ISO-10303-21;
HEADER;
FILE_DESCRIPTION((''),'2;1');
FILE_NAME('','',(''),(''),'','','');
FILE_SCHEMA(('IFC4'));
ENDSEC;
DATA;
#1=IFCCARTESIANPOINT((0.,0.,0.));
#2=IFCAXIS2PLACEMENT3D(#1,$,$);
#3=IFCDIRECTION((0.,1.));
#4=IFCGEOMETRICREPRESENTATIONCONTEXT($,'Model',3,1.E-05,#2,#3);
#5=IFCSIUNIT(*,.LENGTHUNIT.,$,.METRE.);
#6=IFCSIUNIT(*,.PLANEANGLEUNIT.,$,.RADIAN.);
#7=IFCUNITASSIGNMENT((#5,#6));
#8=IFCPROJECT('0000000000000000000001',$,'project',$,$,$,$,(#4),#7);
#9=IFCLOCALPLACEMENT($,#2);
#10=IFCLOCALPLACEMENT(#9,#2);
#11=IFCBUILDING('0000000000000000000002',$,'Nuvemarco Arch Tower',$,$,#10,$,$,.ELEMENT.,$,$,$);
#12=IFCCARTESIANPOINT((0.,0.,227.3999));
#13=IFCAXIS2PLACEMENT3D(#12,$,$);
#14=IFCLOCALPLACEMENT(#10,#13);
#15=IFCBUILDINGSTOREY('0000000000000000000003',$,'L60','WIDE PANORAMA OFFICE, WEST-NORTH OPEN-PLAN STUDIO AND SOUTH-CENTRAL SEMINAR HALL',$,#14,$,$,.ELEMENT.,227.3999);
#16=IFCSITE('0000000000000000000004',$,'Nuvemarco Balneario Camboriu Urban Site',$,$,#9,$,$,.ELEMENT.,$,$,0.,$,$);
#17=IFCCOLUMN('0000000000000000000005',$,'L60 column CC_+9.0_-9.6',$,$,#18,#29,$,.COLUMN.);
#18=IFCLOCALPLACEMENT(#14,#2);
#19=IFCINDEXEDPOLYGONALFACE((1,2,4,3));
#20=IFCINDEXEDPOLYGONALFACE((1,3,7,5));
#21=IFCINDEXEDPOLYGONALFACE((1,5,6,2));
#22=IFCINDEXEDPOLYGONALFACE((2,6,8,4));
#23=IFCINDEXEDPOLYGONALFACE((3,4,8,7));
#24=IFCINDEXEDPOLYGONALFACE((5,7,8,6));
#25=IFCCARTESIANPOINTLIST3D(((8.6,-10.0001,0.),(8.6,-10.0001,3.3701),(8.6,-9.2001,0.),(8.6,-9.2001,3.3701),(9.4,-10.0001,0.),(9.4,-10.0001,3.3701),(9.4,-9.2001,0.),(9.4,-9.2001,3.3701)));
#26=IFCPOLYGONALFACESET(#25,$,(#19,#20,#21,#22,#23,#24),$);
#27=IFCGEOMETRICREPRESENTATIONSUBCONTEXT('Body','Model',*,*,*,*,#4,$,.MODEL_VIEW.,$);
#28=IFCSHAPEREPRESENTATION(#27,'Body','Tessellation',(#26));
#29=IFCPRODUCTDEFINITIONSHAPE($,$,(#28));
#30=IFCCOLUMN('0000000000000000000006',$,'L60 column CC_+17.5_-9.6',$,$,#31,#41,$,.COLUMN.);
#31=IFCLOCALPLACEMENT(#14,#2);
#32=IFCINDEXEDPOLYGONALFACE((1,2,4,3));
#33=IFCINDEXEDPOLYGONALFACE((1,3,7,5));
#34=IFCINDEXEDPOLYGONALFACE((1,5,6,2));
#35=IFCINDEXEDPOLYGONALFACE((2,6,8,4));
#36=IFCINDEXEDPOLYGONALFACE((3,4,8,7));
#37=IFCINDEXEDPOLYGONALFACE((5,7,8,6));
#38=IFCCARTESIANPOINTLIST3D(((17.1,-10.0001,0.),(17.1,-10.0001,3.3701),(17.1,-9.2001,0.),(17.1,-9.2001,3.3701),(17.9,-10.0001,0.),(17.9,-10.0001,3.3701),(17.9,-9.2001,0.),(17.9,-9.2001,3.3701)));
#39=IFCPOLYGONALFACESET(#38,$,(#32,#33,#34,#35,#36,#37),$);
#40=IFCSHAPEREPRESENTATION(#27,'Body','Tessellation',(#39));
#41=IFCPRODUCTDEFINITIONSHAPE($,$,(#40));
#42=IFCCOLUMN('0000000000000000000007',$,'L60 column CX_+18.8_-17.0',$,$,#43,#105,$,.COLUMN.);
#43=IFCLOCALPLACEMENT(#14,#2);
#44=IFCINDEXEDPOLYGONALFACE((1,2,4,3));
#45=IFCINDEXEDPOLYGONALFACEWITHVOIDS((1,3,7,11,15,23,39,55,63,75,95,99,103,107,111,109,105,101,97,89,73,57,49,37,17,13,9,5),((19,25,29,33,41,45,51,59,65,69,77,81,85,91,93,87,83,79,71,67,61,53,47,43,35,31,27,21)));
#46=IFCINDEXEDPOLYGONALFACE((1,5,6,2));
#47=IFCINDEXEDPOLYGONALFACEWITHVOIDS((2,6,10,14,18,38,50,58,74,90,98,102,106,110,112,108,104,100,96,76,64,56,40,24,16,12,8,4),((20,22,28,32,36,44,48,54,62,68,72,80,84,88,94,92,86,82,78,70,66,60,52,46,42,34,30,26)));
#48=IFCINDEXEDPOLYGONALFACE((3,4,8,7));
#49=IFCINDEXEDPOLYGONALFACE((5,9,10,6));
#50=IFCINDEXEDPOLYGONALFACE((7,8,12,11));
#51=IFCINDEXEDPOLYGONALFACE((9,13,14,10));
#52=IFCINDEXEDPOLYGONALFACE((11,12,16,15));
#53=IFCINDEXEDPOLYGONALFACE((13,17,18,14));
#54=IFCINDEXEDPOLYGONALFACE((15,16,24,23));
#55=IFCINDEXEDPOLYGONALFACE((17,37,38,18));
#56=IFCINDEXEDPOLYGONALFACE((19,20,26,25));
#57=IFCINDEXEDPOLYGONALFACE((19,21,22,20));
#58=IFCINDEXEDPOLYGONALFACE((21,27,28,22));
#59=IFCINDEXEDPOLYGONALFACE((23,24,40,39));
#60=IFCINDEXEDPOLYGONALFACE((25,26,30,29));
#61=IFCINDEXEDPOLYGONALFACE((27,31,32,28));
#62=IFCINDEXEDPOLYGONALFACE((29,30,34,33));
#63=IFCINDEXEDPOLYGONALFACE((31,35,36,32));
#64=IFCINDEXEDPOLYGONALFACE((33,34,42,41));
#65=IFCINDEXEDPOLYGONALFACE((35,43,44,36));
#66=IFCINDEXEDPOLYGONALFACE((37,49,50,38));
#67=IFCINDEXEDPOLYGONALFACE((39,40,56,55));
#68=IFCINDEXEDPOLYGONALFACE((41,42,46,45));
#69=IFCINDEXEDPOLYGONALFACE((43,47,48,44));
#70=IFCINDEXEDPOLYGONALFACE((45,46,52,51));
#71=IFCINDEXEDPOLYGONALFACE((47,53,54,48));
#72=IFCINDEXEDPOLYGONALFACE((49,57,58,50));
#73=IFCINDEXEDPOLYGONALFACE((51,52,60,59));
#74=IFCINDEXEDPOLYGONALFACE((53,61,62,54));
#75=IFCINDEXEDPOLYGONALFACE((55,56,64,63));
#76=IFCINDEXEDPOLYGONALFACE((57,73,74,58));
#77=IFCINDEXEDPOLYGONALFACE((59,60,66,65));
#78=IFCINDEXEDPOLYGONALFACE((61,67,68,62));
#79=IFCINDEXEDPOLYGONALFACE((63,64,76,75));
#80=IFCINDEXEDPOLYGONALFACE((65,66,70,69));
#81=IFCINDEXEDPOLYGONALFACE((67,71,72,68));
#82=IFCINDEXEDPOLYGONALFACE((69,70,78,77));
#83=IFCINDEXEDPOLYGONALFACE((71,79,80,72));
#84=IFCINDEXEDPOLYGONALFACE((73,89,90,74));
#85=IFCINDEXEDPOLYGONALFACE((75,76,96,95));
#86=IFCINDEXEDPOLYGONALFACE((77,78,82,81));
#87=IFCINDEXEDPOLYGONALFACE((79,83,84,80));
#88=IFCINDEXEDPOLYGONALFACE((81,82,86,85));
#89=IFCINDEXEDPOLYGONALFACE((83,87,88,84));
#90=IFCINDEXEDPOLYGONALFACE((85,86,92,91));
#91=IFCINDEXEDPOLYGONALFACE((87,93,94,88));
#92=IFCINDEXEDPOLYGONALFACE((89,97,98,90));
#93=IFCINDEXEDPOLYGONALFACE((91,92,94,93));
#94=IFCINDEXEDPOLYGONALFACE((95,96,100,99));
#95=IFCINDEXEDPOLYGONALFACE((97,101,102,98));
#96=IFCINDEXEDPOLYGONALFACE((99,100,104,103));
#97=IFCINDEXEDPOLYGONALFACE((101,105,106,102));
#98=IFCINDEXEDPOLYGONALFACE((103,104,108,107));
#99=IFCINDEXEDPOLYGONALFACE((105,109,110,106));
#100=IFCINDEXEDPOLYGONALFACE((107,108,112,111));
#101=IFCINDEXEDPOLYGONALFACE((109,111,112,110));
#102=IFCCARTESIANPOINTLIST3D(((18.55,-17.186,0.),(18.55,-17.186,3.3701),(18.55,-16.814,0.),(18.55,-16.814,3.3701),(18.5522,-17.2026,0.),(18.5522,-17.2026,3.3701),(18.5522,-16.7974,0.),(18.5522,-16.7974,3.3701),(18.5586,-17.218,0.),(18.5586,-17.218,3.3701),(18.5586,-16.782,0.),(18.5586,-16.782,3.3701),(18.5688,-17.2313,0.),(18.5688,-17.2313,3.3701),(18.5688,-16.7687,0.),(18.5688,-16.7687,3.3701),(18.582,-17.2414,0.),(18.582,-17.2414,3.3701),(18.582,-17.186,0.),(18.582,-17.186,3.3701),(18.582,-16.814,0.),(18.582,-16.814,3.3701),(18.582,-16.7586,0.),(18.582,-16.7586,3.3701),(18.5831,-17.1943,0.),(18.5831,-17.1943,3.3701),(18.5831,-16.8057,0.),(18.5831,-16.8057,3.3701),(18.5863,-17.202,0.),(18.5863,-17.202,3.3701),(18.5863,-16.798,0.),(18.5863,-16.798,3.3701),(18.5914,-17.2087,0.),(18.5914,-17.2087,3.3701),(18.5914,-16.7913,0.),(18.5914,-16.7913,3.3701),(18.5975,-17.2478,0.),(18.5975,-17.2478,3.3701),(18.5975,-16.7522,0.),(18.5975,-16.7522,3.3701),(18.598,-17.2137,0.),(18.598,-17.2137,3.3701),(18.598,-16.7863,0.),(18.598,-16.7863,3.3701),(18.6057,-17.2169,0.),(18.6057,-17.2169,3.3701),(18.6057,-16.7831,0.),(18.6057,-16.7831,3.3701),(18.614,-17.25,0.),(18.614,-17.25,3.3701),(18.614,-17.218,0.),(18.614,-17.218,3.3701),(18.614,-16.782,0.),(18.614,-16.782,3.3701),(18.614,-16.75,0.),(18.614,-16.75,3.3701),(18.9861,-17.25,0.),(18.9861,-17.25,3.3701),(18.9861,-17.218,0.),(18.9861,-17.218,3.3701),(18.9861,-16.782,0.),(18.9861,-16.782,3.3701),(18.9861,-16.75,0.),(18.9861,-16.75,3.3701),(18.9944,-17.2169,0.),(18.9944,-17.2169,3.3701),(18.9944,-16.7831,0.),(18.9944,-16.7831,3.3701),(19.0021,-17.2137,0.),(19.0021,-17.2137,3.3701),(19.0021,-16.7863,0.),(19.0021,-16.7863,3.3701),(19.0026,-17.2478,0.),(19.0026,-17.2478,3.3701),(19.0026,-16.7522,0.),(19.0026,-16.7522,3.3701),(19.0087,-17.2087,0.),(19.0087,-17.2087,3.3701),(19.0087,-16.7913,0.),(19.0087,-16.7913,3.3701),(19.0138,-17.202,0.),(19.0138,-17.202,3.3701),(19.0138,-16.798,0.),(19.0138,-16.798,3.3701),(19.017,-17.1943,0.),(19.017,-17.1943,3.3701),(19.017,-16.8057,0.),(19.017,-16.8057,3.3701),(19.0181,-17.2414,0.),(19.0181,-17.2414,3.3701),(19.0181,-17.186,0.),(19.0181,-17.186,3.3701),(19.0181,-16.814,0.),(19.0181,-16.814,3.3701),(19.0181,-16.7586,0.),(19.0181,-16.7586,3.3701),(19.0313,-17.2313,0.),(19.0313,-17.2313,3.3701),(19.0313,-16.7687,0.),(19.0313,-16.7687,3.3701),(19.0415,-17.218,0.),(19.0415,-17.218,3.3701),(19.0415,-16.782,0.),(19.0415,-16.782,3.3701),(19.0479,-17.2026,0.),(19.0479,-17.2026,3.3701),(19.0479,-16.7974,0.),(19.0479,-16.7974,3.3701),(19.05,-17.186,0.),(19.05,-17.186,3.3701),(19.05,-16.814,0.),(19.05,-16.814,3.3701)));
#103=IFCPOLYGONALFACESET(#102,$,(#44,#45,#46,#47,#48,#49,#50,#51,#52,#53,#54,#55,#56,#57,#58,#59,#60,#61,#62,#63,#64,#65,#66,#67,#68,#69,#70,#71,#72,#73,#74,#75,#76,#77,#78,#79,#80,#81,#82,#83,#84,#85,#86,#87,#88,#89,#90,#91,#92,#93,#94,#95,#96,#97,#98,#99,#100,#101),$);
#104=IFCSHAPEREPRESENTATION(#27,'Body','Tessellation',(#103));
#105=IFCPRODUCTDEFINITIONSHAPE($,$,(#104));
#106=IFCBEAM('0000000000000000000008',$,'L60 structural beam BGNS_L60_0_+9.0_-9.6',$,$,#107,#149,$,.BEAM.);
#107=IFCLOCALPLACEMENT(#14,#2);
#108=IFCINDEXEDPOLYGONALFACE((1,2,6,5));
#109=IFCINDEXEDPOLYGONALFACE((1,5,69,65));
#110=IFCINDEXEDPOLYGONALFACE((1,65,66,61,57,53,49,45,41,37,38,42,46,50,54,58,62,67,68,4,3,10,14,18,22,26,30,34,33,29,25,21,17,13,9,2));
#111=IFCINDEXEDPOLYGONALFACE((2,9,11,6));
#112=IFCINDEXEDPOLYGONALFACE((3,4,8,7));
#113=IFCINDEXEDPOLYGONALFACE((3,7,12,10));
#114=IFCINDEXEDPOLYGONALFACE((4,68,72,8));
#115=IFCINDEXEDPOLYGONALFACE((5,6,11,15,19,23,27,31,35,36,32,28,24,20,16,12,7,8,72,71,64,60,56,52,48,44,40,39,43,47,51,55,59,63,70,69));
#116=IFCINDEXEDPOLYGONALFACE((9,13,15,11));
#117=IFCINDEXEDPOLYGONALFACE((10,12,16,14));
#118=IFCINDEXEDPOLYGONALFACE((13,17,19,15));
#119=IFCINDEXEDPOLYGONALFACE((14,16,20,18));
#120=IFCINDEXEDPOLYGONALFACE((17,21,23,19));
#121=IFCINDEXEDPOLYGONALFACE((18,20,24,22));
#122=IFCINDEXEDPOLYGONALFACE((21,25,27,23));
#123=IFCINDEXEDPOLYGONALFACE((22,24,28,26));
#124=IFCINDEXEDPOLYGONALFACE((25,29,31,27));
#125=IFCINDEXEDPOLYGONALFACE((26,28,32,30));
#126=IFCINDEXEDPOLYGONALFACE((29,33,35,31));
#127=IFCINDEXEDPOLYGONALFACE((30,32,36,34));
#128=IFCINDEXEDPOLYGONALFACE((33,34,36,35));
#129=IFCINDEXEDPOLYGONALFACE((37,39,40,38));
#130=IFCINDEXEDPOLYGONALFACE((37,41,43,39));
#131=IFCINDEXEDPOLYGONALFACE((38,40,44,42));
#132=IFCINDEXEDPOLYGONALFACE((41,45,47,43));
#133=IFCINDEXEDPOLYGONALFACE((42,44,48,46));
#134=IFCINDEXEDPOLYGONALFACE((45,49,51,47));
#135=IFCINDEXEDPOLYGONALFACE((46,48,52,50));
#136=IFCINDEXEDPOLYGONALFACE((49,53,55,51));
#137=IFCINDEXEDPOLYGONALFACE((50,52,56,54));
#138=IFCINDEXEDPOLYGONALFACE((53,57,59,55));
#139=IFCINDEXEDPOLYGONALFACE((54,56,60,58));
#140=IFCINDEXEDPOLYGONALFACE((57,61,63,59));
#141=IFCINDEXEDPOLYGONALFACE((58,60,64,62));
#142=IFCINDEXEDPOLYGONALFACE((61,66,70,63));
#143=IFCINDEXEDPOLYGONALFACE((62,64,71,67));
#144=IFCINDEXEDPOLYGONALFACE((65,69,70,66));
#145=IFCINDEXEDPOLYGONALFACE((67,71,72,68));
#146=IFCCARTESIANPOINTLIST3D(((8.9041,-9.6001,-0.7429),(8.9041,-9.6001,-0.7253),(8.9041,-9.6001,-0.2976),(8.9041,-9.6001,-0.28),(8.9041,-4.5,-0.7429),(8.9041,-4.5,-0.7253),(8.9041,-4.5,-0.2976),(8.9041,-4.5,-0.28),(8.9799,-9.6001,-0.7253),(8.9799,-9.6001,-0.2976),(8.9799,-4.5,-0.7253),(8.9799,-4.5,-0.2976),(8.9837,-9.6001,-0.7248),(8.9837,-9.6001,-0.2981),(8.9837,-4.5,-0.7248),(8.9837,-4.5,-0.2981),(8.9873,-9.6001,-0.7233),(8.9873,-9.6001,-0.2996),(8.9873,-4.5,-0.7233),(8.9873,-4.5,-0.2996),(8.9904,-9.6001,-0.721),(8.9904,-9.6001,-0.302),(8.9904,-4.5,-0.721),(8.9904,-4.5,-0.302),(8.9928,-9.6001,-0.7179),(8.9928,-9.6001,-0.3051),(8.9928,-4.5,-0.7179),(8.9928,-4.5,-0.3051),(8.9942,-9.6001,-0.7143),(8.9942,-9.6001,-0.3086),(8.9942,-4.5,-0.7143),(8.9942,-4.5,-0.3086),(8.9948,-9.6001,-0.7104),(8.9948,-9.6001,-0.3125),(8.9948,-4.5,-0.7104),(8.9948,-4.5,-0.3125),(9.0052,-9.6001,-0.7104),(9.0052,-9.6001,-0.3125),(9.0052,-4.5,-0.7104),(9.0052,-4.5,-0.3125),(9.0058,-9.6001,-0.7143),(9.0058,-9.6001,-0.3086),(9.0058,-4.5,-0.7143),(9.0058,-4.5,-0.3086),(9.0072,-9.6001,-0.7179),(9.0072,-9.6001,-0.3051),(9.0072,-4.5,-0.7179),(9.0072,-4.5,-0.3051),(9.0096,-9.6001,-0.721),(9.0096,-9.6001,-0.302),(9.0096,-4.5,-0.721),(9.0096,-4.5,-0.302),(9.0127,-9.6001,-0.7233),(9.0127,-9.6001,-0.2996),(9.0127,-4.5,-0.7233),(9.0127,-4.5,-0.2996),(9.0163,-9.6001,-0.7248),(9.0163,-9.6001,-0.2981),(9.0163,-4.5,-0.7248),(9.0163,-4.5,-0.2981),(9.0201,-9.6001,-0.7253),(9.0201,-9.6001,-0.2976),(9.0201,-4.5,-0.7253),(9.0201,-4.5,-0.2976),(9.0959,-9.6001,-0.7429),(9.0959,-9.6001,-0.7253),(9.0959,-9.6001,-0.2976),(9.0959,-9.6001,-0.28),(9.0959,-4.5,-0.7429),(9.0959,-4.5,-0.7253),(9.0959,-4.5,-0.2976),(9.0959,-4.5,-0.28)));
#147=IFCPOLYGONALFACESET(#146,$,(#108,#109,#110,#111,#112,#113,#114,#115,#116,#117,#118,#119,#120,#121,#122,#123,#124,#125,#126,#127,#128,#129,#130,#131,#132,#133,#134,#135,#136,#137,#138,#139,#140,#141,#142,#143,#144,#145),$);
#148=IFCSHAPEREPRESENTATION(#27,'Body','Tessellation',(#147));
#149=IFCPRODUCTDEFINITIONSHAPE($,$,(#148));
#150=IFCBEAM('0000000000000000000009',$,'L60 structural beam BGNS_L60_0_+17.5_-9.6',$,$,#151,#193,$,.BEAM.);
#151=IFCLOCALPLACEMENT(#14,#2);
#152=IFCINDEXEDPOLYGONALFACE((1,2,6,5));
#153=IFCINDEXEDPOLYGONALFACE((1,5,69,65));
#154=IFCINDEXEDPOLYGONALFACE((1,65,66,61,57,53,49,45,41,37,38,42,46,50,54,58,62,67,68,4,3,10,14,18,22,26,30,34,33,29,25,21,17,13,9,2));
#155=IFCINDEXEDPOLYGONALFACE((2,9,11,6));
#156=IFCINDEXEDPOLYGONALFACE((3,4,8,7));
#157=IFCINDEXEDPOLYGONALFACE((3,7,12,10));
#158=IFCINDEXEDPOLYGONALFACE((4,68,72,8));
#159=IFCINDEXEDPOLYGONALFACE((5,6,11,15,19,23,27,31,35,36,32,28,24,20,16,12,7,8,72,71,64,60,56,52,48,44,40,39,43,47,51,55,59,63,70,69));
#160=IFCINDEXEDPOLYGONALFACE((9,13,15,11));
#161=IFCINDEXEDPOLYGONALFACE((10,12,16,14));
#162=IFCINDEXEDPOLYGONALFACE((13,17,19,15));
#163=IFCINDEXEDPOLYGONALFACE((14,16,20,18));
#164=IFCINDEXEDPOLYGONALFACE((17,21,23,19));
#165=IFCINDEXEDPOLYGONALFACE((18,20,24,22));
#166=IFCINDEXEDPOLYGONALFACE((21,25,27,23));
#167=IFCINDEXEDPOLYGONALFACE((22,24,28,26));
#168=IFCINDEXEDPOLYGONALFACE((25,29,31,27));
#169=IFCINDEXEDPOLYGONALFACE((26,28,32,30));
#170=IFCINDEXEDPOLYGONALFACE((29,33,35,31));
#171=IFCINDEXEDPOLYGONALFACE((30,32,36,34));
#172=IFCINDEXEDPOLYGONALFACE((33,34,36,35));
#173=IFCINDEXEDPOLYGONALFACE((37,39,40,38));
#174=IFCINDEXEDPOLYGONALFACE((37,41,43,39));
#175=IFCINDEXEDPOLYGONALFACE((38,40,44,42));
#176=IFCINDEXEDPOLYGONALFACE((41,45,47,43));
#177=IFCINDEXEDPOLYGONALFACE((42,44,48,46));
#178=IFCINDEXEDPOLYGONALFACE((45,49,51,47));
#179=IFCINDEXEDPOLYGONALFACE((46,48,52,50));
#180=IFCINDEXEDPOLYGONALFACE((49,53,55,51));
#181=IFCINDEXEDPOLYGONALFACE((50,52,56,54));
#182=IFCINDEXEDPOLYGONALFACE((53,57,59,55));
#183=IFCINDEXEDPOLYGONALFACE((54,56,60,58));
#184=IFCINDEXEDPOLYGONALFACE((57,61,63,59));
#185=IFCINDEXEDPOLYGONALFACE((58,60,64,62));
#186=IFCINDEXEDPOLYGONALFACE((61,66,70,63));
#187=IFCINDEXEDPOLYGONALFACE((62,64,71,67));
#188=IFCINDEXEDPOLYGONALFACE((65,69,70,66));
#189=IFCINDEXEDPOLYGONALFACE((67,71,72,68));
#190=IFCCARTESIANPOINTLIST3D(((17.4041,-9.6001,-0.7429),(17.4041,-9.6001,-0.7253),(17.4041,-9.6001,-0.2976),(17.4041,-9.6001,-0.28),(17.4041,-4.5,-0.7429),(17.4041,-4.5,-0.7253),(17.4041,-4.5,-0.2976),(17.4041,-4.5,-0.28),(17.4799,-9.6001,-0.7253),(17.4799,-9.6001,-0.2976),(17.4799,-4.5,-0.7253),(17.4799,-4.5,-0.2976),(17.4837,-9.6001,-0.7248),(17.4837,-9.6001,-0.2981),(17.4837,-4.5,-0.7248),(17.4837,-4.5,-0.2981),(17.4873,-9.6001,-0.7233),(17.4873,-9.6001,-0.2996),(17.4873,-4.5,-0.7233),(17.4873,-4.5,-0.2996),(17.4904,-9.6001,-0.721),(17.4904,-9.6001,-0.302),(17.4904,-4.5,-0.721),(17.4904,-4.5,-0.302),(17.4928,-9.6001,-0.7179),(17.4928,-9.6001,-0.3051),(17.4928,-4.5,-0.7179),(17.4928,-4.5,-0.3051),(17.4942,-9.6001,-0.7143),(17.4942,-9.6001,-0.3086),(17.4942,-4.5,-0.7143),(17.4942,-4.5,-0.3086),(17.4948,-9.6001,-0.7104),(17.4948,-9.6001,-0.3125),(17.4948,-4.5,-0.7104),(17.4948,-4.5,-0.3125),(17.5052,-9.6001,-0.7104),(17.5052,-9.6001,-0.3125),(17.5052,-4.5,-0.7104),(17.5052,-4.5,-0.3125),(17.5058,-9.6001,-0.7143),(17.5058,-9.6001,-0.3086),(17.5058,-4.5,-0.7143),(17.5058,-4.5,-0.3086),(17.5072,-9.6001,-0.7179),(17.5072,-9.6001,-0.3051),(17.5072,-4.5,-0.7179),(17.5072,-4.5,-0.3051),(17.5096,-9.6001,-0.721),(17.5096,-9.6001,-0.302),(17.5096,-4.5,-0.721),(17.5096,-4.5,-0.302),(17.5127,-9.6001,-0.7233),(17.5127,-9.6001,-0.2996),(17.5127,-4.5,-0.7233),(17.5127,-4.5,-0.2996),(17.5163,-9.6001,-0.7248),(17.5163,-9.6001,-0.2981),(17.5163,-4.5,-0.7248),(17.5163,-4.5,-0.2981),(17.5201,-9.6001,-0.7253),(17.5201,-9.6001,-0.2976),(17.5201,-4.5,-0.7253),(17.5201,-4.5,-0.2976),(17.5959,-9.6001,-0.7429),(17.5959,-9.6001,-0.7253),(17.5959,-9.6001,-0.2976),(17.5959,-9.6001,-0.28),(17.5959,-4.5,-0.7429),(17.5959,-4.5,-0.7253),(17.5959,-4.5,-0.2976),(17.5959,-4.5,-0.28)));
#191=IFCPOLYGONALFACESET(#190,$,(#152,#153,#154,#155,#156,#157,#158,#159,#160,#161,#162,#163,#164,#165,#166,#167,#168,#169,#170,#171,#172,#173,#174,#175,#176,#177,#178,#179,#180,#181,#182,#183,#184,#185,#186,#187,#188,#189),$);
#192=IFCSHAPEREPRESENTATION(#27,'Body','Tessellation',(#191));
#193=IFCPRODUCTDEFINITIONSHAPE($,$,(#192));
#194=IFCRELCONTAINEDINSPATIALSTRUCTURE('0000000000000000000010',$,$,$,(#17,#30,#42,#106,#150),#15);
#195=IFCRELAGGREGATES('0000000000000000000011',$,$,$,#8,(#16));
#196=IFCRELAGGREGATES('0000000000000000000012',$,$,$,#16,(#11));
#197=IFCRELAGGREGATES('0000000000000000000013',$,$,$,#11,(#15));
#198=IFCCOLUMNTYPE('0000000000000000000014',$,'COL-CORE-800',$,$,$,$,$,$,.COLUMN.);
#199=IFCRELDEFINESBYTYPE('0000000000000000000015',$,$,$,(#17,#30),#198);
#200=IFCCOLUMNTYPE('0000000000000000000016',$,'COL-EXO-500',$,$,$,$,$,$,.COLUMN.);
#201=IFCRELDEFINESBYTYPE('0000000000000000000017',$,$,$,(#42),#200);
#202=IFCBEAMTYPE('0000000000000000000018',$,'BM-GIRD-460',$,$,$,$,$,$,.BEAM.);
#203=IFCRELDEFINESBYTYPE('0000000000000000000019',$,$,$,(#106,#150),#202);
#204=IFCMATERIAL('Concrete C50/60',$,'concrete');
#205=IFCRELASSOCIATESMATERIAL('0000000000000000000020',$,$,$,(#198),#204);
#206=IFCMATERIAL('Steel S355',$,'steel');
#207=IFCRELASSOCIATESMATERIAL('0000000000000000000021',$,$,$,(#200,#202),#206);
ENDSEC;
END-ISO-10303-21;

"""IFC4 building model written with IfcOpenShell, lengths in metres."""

from ifc_helpers import new_model, si_unit, direction, frame, origin, origin_2d, place, context, subcontext, project, spatial, rectangle, hollow_rectangle, i_section, extrude, material, material_profile, profile_set, type_object, element, save


model = new_model("IFC4")

# Units and contexts
model_context = context("Model", 3, precision=1e-05, world=origin(), true_north=direction((0.0, 1.0)))
body_context = subcontext(model_context, "Body", "Model", "MODEL_VIEW")
ifc_project = project(units=[si_unit("LENGTHUNIT", "METRE"), si_unit("PLANEANGLEUNIT", "RADIAN")], contexts=[model_context])

# Site, building, storey
site_placement = place(None, origin())
site = spatial("IfcSite", under=ifc_project, at=site_placement, Name="Nuvemarco Balneario Camboriu Urban Site", CompositionType="ELEMENT", RefElevation=0.0)
building_placement = place(site_placement, origin())
building = spatial("IfcBuilding", under=site, at=building_placement, Name="Nuvemarco Arch Tower", CompositionType="ELEMENT")
storey_placement = place(building_placement, frame((0.0, 0.0, 227.3999)))
storey = spatial("IfcBuildingStorey", under=building, at=storey_placement, Name="L60", Description="WIDE PANORAMA OFFICE, WEST-NORTH OPEN-PLAN STUDIO AND SOUTH-CENTRAL SEMINAR HALL", CompositionType="ELEMENT", Elevation=227.3999)

# Columns
ifc_material_1 = material(Name="Concrete C50/60", Category="concrete")
ifc_material_profile_1 = material_profile(ifc_material_1, rectangle(XDim=0.8, YDim=0.8, at=origin_2d()), Name="RC-COL-800x800")
ifc_profile_set_1 = profile_set([ifc_material_profile_1], Name="Concrete C50/60")
column_type_1 = type_object("IfcColumnType", Name="COL-CORE-800", PredefinedType="COLUMN", material=ifc_profile_set_1)
for number, where, z_axis, x_axis, name in (
    (1, (9.0, -9.6001, 0.0), (0.0, 0.0, 1.0), (1.0, 0.0, 0.0), "L60 column CC_+9.0_-9.6"),
    (2, (17.5, -9.6001, 0.0), (0.0, 0.0, 1.0), (1.0, 0.0, 0.0), "L60 column CC_+17.5_-9.6"),
):
    element("IfcColumn", number, at=place(storey_placement, frame(where, z_axis=z_axis, x_axis=x_axis)), inside=storey, type_object=column_type_1, Name=name, PredefinedType="COLUMN", context=body_context, shape_type="SweptSolid", body=[
        extrude(rectangle(XDim=0.8, YDim=0.8, at=origin_2d()), origin(), (0.0, 0.0, 1.0), 3.3701),
    ])
ifc_material_2 = material(Name="Steel S355", Category="steel")
ifc_material_profile_2 = material_profile(ifc_material_2, hollow_rectangle(XDim=0.5, YDim=0.5, WallThickness=0.032, InnerFilletRadius=0.032, OuterFilletRadius=0.064, at=origin_2d()), Name="SHS500x500x32")
ifc_profile_set_2 = profile_set([ifc_material_profile_2], Name="Steel S355")
column_type_2 = type_object("IfcColumnType", Name="COL-EXO-500", PredefinedType="COLUMN", material=ifc_profile_set_2)
column_placement = place(storey_placement, frame((18.8, -17.0, 0.0), z_axis=(0.0, 0.0, 1.0), x_axis=(1.0, 0.0, 0.0)))
element("IfcColumn", 3, at=column_placement, inside=storey, type_object=column_type_2, Name="L60 column CX_+18.8_-17.0", PredefinedType="COLUMN", context=body_context, shape_type="SweptSolid", body=[
    extrude(hollow_rectangle(XDim=0.5, YDim=0.5, WallThickness=0.032, InnerFilletRadius=0.032, OuterFilletRadius=0.064, at=origin_2d()), origin(), (0.0, 0.0, 1.0), 3.3701),
])

# Beams
ifc_material_profile_3 = material_profile(ifc_material_2, i_section(OverallWidth=0.1919, OverallDepth=0.4629, WebThickness=0.0105, FlangeThickness=0.0176, FilletRadius=0.0149, at=origin_2d()), Name="W460x89")
ifc_profile_set_3 = profile_set([ifc_material_profile_3], Name="Steel S355")
beam_type_1 = type_object("IfcBeamType", Name="BM-GIRD-460", PredefinedType="BEAM", material=ifc_profile_set_3)
for number, where, z_axis, x_axis, name in (
    (4, (9.0, -9.6001, -0.5115), (0.0, 1.0, 0.0), (-1.0, 0.0, 0.0), "L60 structural beam BGNS_L60_0_+9.0_-9.6"),
    (5, (17.5, -9.6001, -0.5115), (0.0, 1.0, 0.0), (-1.0, 0.0, 0.0), "L60 structural beam BGNS_L60_0_+17.5_-9.6"),
):
    element("IfcBeam", number, at=place(storey_placement, frame(where, z_axis=z_axis, x_axis=x_axis)), inside=storey, type_object=beam_type_1, Name=name, PredefinedType="BEAM", context=body_context, shape_type="SweptSolid", body=[
        extrude(i_section(OverallWidth=0.1919, OverallDepth=0.4629, WebThickness=0.0105, FlangeThickness=0.0176, FilletRadius=0.0149, at=origin_2d()), origin(), (0.0, 0.0, 1.0), 5.1001),
    ])

save(model, "model.ifc")
